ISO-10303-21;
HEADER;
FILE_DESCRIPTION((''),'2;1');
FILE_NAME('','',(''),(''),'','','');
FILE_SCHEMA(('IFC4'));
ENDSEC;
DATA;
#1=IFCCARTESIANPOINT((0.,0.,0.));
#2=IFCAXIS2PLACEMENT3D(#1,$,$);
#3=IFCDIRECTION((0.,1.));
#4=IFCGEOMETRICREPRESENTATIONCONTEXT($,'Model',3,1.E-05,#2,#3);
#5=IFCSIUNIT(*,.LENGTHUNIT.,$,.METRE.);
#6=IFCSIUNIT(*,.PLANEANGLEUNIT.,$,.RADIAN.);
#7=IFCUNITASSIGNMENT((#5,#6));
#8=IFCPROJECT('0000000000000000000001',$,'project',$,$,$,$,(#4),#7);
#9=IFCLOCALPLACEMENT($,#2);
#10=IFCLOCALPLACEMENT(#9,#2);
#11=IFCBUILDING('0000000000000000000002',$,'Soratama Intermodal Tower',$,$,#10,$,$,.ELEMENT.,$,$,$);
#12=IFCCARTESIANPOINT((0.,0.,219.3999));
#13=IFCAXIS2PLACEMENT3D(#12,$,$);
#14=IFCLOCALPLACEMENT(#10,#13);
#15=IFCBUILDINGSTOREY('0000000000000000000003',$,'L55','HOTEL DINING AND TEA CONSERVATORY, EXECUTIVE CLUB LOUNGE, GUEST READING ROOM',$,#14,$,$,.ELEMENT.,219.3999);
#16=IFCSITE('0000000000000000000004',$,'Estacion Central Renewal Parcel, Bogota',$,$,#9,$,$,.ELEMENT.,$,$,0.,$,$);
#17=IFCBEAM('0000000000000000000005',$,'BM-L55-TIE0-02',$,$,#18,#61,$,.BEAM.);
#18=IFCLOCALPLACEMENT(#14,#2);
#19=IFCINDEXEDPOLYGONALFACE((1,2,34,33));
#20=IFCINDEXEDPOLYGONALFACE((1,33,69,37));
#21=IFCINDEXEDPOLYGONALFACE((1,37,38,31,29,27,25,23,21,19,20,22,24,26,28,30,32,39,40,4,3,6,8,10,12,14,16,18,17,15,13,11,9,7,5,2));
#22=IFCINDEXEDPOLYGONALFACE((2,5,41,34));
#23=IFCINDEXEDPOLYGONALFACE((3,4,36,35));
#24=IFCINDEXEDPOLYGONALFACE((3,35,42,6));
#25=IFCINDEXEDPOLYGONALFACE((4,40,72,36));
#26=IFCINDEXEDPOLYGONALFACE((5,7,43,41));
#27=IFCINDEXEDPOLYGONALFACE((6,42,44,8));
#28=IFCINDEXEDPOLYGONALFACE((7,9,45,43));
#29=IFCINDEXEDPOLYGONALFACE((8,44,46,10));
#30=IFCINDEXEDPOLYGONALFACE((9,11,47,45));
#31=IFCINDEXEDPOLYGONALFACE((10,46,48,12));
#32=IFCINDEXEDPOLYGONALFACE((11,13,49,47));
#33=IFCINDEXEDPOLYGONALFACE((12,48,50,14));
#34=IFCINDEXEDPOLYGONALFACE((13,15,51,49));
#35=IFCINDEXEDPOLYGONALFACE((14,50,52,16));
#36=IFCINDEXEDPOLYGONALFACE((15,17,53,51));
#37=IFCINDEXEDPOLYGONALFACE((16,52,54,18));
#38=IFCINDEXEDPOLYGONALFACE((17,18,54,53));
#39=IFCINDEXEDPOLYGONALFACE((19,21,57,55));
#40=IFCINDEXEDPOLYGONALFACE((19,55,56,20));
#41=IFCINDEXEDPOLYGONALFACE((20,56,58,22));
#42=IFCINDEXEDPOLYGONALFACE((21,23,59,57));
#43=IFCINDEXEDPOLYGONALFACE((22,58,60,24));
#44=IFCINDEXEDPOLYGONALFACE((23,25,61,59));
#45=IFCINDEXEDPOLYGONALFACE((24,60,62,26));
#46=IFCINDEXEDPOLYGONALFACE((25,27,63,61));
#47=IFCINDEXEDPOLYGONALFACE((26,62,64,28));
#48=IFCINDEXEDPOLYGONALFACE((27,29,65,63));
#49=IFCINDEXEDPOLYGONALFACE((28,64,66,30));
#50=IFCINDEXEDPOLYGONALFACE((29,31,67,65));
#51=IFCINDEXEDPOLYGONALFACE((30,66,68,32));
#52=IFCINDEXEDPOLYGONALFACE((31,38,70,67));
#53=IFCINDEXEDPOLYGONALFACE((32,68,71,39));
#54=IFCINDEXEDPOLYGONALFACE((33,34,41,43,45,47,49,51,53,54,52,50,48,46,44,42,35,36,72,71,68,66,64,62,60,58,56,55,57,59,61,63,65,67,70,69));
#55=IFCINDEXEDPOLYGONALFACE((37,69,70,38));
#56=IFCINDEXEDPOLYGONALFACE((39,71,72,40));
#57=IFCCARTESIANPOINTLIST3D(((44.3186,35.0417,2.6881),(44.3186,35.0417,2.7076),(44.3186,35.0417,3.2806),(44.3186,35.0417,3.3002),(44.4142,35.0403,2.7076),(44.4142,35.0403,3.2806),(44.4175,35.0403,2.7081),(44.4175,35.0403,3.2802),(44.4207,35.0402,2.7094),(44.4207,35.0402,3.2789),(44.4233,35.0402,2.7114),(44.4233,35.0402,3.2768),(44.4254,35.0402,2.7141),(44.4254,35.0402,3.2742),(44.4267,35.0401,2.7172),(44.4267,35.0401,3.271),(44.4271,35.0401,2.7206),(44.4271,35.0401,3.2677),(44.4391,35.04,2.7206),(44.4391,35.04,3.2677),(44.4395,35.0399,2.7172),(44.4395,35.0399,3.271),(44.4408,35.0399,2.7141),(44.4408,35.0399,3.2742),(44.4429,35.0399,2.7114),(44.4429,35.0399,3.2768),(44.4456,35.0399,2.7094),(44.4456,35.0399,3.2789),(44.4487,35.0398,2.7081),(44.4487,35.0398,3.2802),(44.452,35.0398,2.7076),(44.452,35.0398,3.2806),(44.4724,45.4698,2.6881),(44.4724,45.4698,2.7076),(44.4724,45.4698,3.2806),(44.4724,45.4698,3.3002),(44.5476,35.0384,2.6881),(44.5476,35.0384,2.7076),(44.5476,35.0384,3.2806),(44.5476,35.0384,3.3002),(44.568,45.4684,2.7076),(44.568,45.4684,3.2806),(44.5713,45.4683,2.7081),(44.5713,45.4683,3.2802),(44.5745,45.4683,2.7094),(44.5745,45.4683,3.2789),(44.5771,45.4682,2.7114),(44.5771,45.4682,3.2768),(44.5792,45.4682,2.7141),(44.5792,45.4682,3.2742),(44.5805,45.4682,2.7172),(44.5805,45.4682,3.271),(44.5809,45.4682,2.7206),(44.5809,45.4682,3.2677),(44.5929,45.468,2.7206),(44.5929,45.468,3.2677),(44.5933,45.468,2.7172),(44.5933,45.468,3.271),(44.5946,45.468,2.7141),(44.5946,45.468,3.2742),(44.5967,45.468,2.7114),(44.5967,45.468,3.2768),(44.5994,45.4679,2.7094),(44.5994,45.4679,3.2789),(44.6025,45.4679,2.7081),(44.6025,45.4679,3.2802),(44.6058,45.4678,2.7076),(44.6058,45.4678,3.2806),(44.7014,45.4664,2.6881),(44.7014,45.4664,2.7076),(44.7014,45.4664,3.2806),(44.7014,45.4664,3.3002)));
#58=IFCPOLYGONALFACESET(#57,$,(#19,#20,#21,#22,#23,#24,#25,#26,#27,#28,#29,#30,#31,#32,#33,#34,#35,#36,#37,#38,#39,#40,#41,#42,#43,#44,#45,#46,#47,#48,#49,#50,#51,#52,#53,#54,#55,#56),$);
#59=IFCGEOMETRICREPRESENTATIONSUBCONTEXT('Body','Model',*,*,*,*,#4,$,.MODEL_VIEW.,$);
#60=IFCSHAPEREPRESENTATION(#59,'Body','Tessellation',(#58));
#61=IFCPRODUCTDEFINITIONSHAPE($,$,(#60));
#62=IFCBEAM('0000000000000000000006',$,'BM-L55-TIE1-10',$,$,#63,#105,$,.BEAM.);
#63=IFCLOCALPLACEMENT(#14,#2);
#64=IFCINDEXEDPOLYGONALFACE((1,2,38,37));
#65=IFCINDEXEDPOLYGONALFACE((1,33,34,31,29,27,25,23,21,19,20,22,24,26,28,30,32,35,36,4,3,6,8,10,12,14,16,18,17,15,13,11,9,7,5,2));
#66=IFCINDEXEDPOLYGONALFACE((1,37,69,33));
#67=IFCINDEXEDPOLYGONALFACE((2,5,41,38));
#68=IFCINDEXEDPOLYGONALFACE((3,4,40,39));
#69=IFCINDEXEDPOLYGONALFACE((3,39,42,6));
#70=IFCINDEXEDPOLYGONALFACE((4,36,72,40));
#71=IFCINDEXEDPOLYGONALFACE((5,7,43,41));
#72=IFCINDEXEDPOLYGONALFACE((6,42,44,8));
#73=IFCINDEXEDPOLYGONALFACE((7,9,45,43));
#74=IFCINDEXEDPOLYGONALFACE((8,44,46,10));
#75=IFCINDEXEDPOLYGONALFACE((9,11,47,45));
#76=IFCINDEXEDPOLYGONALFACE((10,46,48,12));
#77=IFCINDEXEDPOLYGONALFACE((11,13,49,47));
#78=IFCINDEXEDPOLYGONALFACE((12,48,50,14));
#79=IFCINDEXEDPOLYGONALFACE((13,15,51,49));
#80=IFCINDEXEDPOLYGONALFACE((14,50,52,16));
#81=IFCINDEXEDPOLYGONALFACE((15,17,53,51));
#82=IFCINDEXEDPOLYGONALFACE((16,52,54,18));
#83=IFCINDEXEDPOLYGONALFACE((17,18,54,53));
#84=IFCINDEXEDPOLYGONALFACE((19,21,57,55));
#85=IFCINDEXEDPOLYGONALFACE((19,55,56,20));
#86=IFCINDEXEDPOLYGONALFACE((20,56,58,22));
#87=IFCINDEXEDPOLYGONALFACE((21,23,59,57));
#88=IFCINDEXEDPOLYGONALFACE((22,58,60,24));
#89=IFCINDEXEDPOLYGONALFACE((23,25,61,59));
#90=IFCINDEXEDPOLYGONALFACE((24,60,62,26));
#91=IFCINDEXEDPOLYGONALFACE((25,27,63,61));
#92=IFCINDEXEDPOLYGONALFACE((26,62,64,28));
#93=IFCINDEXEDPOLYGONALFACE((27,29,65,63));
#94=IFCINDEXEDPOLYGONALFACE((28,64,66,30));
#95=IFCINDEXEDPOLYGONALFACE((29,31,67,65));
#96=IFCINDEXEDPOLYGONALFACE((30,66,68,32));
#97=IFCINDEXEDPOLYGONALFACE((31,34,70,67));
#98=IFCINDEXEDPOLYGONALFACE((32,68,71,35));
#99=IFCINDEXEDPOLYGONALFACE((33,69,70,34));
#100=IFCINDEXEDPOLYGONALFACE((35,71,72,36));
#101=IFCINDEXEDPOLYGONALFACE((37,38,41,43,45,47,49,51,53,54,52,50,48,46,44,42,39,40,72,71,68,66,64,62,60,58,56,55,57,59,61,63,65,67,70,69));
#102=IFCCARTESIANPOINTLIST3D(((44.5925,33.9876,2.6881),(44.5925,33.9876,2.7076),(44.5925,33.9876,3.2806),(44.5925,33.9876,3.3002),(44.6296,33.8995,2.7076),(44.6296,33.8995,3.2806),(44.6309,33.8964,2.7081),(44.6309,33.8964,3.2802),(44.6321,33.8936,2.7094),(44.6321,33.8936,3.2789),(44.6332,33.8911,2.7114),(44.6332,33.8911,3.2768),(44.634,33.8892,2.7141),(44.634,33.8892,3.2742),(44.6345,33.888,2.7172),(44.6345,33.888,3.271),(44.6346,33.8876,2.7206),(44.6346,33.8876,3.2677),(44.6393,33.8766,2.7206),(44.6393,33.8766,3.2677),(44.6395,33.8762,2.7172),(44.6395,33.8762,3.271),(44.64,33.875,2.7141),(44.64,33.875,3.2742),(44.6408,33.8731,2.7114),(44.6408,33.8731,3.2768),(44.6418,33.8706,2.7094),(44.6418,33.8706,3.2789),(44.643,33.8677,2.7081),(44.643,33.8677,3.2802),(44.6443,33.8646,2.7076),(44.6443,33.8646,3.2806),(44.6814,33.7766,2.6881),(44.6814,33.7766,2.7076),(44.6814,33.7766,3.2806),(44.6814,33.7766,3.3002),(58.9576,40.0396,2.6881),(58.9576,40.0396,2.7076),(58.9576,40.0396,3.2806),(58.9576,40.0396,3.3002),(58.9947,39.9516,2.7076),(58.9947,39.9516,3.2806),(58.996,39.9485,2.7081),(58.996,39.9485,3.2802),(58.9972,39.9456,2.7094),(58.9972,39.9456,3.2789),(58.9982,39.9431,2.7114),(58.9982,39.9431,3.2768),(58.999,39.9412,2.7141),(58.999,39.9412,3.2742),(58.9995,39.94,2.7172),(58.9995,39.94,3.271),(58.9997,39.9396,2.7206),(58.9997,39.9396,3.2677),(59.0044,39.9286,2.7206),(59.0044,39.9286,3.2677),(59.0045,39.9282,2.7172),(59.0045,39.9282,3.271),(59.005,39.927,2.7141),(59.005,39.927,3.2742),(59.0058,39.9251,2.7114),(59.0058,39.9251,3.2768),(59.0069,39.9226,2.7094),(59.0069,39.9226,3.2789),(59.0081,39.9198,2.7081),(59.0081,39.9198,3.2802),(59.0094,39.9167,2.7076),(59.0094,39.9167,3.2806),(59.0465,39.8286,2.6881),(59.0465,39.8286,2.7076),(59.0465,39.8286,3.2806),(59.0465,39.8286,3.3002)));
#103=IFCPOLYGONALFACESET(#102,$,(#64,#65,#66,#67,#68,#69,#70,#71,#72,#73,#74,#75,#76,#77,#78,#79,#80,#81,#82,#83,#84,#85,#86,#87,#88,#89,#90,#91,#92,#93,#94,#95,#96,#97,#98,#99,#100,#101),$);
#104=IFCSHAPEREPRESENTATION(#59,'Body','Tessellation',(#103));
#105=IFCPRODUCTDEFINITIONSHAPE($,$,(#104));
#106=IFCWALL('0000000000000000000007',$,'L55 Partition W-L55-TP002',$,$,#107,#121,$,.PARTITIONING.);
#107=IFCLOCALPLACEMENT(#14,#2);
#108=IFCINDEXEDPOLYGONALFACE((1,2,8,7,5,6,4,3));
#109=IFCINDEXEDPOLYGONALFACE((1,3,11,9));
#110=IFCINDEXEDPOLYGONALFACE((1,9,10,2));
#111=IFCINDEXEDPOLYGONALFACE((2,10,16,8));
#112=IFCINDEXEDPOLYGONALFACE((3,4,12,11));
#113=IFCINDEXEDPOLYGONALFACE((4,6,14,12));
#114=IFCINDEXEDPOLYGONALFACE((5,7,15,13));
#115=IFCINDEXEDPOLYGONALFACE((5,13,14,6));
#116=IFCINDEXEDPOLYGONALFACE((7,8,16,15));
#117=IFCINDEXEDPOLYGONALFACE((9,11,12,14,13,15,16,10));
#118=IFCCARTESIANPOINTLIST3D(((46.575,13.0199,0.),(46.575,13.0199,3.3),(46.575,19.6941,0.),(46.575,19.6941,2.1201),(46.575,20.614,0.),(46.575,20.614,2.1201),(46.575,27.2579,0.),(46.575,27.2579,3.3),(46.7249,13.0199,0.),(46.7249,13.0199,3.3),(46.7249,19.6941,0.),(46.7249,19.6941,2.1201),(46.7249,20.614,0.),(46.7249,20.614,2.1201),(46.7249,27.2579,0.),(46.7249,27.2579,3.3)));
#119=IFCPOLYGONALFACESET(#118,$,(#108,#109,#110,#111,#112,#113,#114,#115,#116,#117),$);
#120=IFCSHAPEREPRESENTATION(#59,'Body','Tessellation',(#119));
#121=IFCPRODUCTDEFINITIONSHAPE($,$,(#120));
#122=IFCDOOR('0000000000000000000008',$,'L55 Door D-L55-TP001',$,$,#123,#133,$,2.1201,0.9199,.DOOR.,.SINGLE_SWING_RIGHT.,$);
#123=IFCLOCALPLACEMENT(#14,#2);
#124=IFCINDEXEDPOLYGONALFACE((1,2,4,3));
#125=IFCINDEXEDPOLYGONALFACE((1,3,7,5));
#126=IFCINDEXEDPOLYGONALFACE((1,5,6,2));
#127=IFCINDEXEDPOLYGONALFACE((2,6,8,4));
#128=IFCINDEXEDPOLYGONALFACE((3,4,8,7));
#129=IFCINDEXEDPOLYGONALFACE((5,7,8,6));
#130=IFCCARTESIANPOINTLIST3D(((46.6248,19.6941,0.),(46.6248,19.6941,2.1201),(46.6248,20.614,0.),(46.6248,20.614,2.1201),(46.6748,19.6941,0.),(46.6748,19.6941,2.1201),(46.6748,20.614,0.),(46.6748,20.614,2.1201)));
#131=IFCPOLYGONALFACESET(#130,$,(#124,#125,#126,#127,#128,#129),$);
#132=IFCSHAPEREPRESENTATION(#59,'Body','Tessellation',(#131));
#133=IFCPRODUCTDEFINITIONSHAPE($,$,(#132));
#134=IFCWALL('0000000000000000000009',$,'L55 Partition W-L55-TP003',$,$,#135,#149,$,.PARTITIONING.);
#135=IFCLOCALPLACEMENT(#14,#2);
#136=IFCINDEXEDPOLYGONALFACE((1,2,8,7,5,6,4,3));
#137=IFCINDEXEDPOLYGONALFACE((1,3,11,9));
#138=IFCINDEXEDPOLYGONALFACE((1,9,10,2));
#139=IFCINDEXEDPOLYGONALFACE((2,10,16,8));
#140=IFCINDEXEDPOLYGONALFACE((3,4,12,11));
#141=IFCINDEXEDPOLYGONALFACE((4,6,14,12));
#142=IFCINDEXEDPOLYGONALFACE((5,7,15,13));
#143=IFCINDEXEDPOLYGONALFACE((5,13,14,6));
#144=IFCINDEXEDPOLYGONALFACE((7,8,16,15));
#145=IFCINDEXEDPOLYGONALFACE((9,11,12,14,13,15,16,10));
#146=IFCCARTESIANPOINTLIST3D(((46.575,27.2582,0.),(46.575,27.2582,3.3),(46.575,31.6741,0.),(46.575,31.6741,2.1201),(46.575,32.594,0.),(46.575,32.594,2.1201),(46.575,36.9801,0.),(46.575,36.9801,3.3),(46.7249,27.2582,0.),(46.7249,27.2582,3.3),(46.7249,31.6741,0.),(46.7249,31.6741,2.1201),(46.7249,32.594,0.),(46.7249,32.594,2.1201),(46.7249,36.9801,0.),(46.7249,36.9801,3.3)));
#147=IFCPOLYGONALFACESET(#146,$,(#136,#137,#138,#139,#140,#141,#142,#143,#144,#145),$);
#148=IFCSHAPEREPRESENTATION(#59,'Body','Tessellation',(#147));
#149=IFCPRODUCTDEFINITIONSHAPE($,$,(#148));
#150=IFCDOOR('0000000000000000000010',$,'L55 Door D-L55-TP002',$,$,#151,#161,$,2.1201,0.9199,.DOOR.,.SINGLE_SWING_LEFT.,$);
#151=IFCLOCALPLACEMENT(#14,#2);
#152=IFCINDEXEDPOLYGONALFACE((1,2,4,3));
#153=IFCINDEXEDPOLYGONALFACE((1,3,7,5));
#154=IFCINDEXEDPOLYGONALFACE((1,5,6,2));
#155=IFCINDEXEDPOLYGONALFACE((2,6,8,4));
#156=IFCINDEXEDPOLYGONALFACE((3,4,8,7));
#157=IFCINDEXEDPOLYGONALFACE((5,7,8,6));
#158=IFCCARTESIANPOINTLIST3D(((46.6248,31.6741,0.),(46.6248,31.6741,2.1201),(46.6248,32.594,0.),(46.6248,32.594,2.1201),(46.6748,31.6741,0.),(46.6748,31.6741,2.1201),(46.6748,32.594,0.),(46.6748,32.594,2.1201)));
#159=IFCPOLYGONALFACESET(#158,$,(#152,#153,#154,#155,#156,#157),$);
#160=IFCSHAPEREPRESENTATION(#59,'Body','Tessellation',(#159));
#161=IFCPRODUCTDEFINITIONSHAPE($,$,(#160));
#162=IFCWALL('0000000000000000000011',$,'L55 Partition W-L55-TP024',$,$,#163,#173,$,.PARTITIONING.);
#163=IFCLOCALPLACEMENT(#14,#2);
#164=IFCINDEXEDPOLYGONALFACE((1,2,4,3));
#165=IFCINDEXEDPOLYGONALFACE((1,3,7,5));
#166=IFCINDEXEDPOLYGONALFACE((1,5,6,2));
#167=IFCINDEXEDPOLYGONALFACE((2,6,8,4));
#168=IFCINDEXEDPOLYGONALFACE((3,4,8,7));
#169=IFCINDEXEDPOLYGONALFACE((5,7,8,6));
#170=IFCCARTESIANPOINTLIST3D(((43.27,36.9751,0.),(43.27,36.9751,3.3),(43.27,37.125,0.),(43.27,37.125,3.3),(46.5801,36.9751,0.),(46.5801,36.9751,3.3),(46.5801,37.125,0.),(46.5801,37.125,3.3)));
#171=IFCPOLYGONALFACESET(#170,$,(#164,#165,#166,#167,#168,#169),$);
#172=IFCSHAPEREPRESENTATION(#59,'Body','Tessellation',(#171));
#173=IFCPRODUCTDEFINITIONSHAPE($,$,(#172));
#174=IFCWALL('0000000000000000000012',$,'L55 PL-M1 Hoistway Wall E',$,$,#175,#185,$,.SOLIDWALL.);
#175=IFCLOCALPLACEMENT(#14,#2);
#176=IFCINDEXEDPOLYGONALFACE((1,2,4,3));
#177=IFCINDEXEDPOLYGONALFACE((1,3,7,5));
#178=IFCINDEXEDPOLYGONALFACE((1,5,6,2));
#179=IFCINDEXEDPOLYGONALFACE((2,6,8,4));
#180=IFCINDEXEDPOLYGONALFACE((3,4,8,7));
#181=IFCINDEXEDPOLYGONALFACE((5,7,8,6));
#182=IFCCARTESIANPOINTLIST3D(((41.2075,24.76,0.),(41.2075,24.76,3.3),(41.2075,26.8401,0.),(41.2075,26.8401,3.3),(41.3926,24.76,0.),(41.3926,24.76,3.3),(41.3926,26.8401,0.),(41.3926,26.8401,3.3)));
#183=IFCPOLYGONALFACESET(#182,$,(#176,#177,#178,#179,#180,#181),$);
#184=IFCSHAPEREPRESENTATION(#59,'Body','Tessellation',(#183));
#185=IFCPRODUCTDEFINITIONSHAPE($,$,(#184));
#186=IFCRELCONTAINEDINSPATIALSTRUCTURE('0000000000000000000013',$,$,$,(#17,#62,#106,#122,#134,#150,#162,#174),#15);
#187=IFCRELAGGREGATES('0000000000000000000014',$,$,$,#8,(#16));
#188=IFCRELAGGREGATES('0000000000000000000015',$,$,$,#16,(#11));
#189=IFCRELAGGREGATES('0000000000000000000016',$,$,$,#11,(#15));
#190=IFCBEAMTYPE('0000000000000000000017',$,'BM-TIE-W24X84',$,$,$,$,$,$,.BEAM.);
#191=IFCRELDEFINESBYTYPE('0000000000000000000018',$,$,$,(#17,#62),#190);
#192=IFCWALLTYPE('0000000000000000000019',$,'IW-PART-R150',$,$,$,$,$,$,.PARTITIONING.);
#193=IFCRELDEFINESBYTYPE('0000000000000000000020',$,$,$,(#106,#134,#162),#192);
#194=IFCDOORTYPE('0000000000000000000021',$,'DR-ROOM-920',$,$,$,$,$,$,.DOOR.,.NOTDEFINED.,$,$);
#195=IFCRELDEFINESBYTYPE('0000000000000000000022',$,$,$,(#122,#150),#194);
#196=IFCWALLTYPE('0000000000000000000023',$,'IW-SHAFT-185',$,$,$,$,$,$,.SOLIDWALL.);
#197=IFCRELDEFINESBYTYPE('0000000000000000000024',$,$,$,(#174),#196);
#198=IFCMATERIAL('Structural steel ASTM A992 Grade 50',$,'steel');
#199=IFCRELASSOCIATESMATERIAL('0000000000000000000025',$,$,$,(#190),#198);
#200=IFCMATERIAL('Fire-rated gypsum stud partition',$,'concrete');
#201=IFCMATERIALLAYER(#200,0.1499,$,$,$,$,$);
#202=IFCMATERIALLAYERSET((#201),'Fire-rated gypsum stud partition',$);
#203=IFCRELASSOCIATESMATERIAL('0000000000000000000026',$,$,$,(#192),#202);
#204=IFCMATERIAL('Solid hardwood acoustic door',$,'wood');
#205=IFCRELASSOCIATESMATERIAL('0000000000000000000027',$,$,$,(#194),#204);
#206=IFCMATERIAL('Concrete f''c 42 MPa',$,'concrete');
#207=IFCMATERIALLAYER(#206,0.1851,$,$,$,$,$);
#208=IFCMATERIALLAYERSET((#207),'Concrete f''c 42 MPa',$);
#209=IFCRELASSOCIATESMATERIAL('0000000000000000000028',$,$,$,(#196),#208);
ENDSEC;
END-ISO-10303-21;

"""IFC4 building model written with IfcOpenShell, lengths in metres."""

from ifc_helpers import new_model, si_unit, direction, frame, frame_2d, origin, origin_2d, place, context, subcontext, project, spatial, rectangle, i_section, extrude, material, layer, layer_set, material_profile, profile_set, type_object, element, fill, save


model = new_model("IFC4")

# Units and contexts
model_context = context("Model", 3, precision=1e-05, world=origin(), true_north=direction((0.0, 1.0)))
body_context = subcontext(model_context, "Body", "Model", "MODEL_VIEW")
ifc_project = project(units=[si_unit("LENGTHUNIT", "METRE"), si_unit("PLANEANGLEUNIT", "RADIAN")], contexts=[model_context])

# Site, building, storey
site_placement = place(None, origin())
site = spatial("IfcSite", under=ifc_project, at=site_placement, Name="Estacion Central Renewal Parcel, Bogota", CompositionType="ELEMENT", RefElevation=0.0)
building_placement = place(site_placement, origin())
building = spatial("IfcBuilding", under=site, at=building_placement, Name="Soratama Intermodal Tower", CompositionType="ELEMENT")
storey_placement = place(building_placement, frame((0.0, 0.0, 219.3999)))
storey = spatial("IfcBuildingStorey", under=building, at=storey_placement, Name="L55", Description="HOTEL DINING AND TEA CONSERVATORY, EXECUTIVE CLUB LOUNGE, GUEST READING ROOM", CompositionType="ELEMENT", Elevation=219.3999)

# Beams
ifc_material_1 = material(Name="Structural steel ASTM A992 Grade 50", Category="steel")
ifc_material_profile_1 = material_profile(ifc_material_1, i_section(OverallWidth=0.229, OverallDepth=0.6121, WebThickness=0.012, FlangeThickness=0.0195, FilletRadius=0.0129, at=origin_2d()), Name="W24X84")
ifc_profile_set_1 = profile_set([ifc_material_profile_1], Name="Structural steel ASTM A992 Grade 50")
beam_type_1 = type_object("IfcBeamType", Name="BM-TIE-W24X84", PredefinedType="BEAM", material=ifc_profile_set_1)
beam_1_placement = place(storey_placement, frame((44.4331, 35.04, 2.9941), z_axis=(0.014748, 0.999891, 0.0), x_axis=(-0.999891, 0.014748, 0.0)))
element("IfcBeam", 1, at=beam_1_placement, inside=storey, type_object=beam_type_1, Name="BM-L55-TIE0-02", PredefinedType="BEAM", context=body_context, shape_type="SweptSolid", body=[
    extrude(i_section(OverallWidth=0.229, OverallDepth=0.6121, WebThickness=0.012, FlangeThickness=0.0195, FilletRadius=0.0129, at=origin_2d()), origin(), (0.0, 0.0, 1.0), 10.4292),
])
beam_2_placement = place(storey_placement, frame((44.637, 33.8821, 2.9941), z_axis=(0.921553, 0.388252, 0.0), x_axis=(-0.388252, 0.921553, 0.0)))
element("IfcBeam", 2, at=beam_2_placement, inside=storey, type_object=beam_type_1, Name="BM-L55-TIE1-10", PredefinedType="BEAM", context=body_context, shape_type="SweptSolid", body=[
    extrude(i_section(OverallWidth=0.229, OverallDepth=0.6121, WebThickness=0.012, FlangeThickness=0.0195, FilletRadius=0.0129, at=origin_2d()), origin(), (0.0, 0.0, 1.0), 15.5879),
])

# Walls, openings, doors
ifc_material_2 = material(Name="Fire-rated gypsum stud partition", Category="concrete")
ifc_layer_1 = layer(ifc_material_2, 0.1499)
ifc_layer_set_1 = layer_set([ifc_layer_1], Name="Fire-rated gypsum stud partition")
wall_type_1 = type_object("IfcWallType", Name="IW-PART-R150", PredefinedType="PARTITIONING", material=ifc_layer_set_1)
wall_1_placement = place(storey_placement, frame((46.6499, 27.2581, 0.0), z_axis=(0.0, 0.0, 1.0), x_axis=(0.0, -1.0, 0.0)))
wall_1 = element("IfcWall", 3, at=wall_1_placement, inside=storey, type_object=wall_type_1, Name="L55 Partition W-L55-TP002", PredefinedType="PARTITIONING", context=body_context, shape_type="SweptSolid", body=[
    extrude(rectangle(XDim=14.238, YDim=0.1499, at=frame_2d((7.1191, 0.0))), origin(), (0.0, 0.0, 1.0), 3.3),
])
opening_1_placement = place(wall_1_placement, frame((6.644, 0.0, 0.0)))
opening_1 = element("IfcOpeningElement", 4, at=opening_1_placement, cuts=wall_1, PredefinedType="OPENING", context=body_context, shape_type="SweptSolid", body=[
    extrude(rectangle(XDim=0.9199, YDim=2.1201, at=frame_2d((0.46, 1.0601))), frame((0.0, 0.085, 0.0), z_axis=(0.0, -1.0, 0.0), x_axis=(1.0, 0.0, 0.0)), (0.0, 0.0, 1.0), 0.1699),
])
ifc_material_3 = material(Name="Solid hardwood acoustic door", Category="wood")
door_type_1 = type_object("IfcDoorType", Name="DR-ROOM-920", OperationType="NOTDEFINED", PredefinedType="DOOR", material=ifc_material_3)
door_1_placement = place(opening_1_placement, origin())
door_1 = element("IfcDoor", 5, at=door_1_placement, inside=storey, type_object=door_type_1, Name="L55 Door D-L55-TP001", OperationType="SINGLE_SWING_RIGHT", OverallHeight=2.1201, OverallWidth=0.9199, PredefinedType="DOOR", context=body_context, shape_type="SweptSolid", body=[
    extrude(rectangle(XDim=0.9199, YDim=2.1201, at=frame_2d((0.46, 1.0601))), frame((0.0, 0.0249, 0.0), z_axis=(0.0, -1.0, 0.0), x_axis=(1.0, 0.0, 0.0)), (0.0, 0.0, 1.0), 0.05),
])
fill(opening_1, door_1)
wall_2_placement = place(storey_placement, frame((46.6499, 36.98, 0.0), z_axis=(0.0, 0.0, 1.0), x_axis=(0.0, -1.0, 0.0)))
wall_2 = element("IfcWall", 6, at=wall_2_placement, inside=storey, type_object=wall_type_1, Name="L55 Partition W-L55-TP003", PredefinedType="PARTITIONING", context=body_context, shape_type="SweptSolid", body=[
    extrude(rectangle(XDim=9.7219, YDim=0.1499, at=frame_2d((4.8608, 0.0))), origin(), (0.0, 0.0, 1.0), 3.3),
])
opening_2_placement = place(wall_2_placement, frame((4.386, 0.0, 0.0)))
opening_2 = element("IfcOpeningElement", 7, at=opening_2_placement, cuts=wall_2, PredefinedType="OPENING", context=body_context, shape_type="SweptSolid", body=[
    extrude(rectangle(XDim=0.9199, YDim=2.1201, at=frame_2d((0.46, 1.0601))), frame((0.0, 0.085, 0.0), z_axis=(0.0, -1.0, 0.0), x_axis=(1.0, 0.0, 0.0)), (0.0, 0.0, 1.0), 0.1699),
])
door_2_placement = place(opening_2_placement, origin())
door_2 = element("IfcDoor", 8, at=door_2_placement, inside=storey, type_object=door_type_1, Name="L55 Door D-L55-TP002", OperationType="SINGLE_SWING_LEFT", OverallHeight=2.1201, OverallWidth=0.9199, PredefinedType="DOOR", context=body_context, shape_type="SweptSolid", body=[
    extrude(rectangle(XDim=0.9199, YDim=2.1201, at=frame_2d((0.46, 1.0601))), frame((0.0, 0.0249, 0.0), z_axis=(0.0, -1.0, 0.0), x_axis=(1.0, 0.0, 0.0)), (0.0, 0.0, 1.0), 0.05),
])
fill(opening_2, door_2)

# Wall
wall_3_placement = place(storey_placement, frame((43.27, 37.05, 0.0), z_axis=(0.0, 0.0, 1.0), x_axis=(1.0, 0.0, 0.0)))
element("IfcWall", 9, at=wall_3_placement, inside=storey, type_object=wall_type_1, Name="L55 Partition W-L55-TP024", PredefinedType="PARTITIONING", context=body_context, shape_type="SweptSolid", body=[
    extrude(rectangle(XDim=3.3101, YDim=0.1499, at=frame_2d((1.655, 0.0))), origin(), (0.0, 0.0, 1.0), 3.3),
])

# Wall
ifc_material_4 = material(Name="Concrete f'c 42 MPa", Category="concrete")
ifc_layer_2 = layer(ifc_material_4, 0.1851)
ifc_layer_set_2 = layer_set([ifc_layer_2], Name="Concrete f'c 42 MPa")
wall_type_2 = type_object("IfcWallType", Name="IW-SHAFT-185", PredefinedType="SOLIDWALL", material=ifc_layer_set_2)
wall_4_placement = place(storey_placement, frame((41.3, 24.76, 0.0), z_axis=(0.0, 0.0, 1.0), x_axis=(0.0, 1.0, 0.0)))
element("IfcWall", 10, at=wall_4_placement, inside=storey, type_object=wall_type_2, Name="L55 PL-M1 Hoistway Wall E", PredefinedType="SOLIDWALL", context=body_context, shape_type="SweptSolid", body=[
    extrude(rectangle(XDim=2.0801, YDim=0.1851, at=frame_2d((1.04, 0.0))), origin(), (0.0, 0.0, 1.0), 3.3),
])

save(model, "model.ifc")
